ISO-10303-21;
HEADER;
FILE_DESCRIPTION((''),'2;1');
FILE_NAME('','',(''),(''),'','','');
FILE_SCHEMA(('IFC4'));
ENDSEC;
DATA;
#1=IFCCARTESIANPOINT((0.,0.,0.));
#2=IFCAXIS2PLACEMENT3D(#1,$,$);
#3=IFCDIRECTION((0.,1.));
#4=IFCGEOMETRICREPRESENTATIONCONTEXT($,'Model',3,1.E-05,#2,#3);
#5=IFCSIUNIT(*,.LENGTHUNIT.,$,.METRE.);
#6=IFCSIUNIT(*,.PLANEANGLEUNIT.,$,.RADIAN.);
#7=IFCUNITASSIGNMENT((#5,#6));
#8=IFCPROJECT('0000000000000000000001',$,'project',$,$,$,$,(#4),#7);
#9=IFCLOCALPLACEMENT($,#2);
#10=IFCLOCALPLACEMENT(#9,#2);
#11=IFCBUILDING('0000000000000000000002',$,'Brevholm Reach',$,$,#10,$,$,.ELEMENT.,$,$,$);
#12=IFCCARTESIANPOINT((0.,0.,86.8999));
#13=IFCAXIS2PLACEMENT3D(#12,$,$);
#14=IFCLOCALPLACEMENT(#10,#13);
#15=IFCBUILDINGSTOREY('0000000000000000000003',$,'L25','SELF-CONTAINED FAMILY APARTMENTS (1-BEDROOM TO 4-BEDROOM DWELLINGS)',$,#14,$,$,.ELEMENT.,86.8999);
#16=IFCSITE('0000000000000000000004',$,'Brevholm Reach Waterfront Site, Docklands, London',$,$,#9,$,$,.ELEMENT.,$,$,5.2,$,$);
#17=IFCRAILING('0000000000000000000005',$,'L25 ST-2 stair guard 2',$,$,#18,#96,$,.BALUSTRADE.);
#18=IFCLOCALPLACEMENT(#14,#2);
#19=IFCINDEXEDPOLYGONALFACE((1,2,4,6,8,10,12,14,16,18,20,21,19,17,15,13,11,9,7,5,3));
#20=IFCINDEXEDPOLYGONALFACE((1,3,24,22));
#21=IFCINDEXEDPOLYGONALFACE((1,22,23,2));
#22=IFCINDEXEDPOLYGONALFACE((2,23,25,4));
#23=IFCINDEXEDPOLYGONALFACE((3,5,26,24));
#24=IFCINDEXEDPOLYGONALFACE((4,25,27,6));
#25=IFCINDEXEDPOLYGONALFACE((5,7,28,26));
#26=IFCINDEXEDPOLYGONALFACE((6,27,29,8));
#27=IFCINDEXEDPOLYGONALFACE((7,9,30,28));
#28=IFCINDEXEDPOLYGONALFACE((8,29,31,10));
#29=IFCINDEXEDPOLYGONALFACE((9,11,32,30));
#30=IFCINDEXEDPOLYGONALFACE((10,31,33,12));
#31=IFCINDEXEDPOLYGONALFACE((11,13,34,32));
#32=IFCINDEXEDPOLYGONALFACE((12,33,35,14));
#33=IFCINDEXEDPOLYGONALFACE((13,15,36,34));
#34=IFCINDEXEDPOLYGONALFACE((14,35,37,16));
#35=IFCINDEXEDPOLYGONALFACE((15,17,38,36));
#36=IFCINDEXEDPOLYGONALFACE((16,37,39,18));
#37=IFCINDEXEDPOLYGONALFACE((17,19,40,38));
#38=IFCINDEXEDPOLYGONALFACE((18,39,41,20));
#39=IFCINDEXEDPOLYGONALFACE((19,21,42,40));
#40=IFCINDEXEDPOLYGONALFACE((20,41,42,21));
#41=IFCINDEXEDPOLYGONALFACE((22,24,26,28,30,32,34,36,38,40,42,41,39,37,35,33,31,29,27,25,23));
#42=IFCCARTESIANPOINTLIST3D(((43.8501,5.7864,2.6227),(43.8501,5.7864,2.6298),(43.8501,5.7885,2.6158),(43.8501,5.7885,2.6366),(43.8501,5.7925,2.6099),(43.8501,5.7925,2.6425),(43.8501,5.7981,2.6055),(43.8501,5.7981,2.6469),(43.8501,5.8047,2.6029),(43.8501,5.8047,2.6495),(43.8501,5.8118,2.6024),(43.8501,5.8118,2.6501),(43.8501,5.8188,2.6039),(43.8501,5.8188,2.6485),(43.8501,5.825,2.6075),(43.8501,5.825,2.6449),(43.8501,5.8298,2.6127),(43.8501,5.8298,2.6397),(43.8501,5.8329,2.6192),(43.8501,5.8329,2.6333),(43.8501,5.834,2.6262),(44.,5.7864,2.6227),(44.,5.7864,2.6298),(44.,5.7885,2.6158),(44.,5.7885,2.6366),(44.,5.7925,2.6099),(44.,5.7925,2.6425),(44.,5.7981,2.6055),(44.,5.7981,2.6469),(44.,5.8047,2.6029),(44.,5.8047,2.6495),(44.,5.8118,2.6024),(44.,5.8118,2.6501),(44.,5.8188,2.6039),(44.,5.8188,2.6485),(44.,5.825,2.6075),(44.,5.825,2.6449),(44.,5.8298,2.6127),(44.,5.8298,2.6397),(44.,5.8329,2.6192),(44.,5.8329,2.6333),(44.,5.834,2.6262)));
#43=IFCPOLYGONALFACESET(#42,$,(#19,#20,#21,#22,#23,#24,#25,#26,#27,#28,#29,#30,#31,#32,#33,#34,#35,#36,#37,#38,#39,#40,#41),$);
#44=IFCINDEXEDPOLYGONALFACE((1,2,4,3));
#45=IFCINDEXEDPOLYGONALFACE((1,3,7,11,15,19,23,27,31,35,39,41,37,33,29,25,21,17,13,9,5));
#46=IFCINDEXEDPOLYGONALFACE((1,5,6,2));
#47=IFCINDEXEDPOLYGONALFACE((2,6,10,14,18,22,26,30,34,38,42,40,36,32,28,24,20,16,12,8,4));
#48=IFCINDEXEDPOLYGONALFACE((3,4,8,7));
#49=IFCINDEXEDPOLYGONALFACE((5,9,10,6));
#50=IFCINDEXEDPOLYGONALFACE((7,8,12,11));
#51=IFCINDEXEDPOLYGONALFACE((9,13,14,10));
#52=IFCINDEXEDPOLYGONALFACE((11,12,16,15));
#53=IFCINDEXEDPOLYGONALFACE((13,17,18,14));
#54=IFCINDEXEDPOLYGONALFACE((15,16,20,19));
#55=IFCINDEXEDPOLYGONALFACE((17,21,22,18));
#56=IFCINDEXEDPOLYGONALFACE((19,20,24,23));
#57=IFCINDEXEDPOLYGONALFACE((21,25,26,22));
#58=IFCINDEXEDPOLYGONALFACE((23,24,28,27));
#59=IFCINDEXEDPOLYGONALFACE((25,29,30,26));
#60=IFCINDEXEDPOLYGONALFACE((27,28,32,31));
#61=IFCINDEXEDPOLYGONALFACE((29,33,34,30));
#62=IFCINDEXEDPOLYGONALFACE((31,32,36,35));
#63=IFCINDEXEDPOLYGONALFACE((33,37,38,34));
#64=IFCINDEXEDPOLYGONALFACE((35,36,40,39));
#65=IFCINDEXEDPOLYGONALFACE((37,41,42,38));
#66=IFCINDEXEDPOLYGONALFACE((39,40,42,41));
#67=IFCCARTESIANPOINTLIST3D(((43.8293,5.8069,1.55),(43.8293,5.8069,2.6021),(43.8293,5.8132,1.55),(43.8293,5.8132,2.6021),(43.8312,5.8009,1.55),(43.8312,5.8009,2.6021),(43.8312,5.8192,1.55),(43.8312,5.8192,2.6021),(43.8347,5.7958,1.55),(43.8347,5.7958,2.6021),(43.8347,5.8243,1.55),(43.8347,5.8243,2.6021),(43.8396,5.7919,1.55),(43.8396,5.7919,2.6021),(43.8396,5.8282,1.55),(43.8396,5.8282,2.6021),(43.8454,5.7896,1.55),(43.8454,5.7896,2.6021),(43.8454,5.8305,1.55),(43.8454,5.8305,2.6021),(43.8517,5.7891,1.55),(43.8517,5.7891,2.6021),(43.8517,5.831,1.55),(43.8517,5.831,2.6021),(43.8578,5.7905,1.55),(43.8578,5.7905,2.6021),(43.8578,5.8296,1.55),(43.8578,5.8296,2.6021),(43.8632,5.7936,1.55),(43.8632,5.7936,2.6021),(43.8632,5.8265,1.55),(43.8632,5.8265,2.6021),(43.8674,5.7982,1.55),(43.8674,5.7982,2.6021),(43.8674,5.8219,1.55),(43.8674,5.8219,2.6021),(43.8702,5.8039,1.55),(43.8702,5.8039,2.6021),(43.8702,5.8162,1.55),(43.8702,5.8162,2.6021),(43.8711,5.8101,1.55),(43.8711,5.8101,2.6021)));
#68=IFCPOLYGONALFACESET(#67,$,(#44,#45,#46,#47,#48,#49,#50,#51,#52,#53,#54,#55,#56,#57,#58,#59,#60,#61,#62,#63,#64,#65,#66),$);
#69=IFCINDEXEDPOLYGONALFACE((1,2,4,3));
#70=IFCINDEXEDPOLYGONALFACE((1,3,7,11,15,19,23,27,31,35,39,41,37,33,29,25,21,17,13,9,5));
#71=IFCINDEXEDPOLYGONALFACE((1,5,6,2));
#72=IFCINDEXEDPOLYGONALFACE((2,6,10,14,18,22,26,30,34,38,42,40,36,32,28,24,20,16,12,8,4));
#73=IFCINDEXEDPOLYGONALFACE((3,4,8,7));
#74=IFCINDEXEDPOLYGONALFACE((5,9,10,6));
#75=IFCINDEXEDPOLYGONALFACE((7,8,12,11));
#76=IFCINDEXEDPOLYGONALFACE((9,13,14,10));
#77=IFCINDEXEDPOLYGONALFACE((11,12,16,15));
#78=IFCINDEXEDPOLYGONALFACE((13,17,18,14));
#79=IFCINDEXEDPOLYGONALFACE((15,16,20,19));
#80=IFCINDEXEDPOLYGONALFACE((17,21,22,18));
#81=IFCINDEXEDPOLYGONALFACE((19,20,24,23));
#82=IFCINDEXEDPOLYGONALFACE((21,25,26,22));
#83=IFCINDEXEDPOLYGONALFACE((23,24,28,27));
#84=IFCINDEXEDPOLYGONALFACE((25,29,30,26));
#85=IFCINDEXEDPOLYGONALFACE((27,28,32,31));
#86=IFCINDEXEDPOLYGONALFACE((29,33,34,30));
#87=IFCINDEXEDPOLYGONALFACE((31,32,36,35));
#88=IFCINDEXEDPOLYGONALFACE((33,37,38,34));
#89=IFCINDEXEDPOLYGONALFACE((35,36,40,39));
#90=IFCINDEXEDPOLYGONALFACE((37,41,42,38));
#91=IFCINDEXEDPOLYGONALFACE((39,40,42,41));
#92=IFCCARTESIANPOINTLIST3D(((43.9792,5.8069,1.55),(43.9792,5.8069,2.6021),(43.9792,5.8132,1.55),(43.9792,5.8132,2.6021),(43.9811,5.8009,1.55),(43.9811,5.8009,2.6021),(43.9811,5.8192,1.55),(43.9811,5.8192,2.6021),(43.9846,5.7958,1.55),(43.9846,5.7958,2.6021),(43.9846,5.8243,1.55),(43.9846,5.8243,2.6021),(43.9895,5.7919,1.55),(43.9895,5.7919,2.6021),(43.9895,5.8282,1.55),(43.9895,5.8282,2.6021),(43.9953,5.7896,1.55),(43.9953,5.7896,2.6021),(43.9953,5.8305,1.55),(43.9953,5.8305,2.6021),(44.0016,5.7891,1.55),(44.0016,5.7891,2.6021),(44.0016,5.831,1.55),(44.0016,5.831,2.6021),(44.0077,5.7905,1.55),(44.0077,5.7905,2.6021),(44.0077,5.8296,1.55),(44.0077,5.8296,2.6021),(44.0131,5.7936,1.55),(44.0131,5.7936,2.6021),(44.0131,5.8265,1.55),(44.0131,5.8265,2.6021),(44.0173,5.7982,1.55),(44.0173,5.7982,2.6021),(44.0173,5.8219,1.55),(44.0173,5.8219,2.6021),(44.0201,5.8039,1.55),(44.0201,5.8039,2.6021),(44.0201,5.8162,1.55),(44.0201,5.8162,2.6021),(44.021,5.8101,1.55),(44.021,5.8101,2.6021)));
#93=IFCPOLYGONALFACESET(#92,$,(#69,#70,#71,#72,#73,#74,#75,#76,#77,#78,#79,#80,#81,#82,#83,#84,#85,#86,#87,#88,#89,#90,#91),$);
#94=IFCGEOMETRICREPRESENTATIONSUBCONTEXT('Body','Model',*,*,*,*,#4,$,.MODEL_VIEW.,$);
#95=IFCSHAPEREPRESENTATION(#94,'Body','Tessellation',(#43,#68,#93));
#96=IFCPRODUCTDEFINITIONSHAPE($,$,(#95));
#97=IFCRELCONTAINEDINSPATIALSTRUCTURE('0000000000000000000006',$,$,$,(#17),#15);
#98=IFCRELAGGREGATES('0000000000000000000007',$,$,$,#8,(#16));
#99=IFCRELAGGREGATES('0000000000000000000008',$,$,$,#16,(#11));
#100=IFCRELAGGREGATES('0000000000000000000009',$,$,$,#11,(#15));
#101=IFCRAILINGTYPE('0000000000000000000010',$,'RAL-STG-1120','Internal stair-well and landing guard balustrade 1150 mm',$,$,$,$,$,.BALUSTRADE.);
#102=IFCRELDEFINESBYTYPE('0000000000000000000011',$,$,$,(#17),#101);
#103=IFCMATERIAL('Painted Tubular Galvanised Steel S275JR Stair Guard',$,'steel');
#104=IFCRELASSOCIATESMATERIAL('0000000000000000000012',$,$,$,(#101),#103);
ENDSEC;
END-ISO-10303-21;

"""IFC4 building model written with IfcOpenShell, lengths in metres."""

from ifc_helpers import new_model, si_unit, direction, frame, origin, origin_2d, place, context, subcontext, project, spatial, circle, extrude, material, type_object, element, save


model = new_model("IFC4")

# Units and contexts
model_context = context("Model", 3, precision=1e-05, world=origin(), true_north=direction((0.0, 1.0)))
body_context = subcontext(model_context, "Body", "Model", "MODEL_VIEW")
ifc_project = project(units=[si_unit("LENGTHUNIT", "METRE"), si_unit("PLANEANGLEUNIT", "RADIAN")], contexts=[model_context])

# Site, building, storey
site_placement = place(None, origin())
site = spatial("IfcSite", under=ifc_project, at=site_placement, Name="Brevholm Reach Waterfront Site, Docklands, London", CompositionType="ELEMENT", RefElevation=5.2)
building_placement = place(site_placement, origin())
building = spatial("IfcBuilding", under=site, at=building_placement, Name="Brevholm Reach", CompositionType="ELEMENT")
storey_placement = place(building_placement, frame((0.0, 0.0, 86.8999)))
storey = spatial("IfcBuildingStorey", under=building, at=storey_placement, Name="L25", Description="SELF-CONTAINED FAMILY APARTMENTS (1-BEDROOM TO 4-BEDROOM DWELLINGS)", CompositionType="ELEMENT", Elevation=86.8999)

# Railing
ifc_material_1 = material(Name="Painted Tubular Galvanised Steel S275JR Stair Guard", Category="steel")
railing_type_1 = type_object("IfcRailingType", Name="RAL-STG-1120", Description="Internal stair-well and landing guard balustrade 1150 mm", PredefinedType="BALUSTRADE", material=ifc_material_1)
railing_1_placement = place(storey_placement, frame((43.8501, 5.8101, 1.55)))
element("IfcRailing", 1, at=railing_1_placement, inside=storey, type_object=railing_type_1, Name="L25 ST-2 stair guard 2", PredefinedType="BALUSTRADE", context=body_context, shape_type="SweptSolid", body=[
    extrude(circle(Radius=0.0239, at=origin_2d()), frame((0.0, 0.0, 1.0762), z_axis=(1.0, 0.0, 0.0), x_axis=(0.0, 1.0, 0.0)), (0.0, 0.0, 1.0), 0.1499),
    extrude(circle(Radius=0.021, at=origin_2d()), origin(), (0.0, 0.0, 1.0), 1.052),
    extrude(circle(Radius=0.021, at=origin_2d()), frame((0.1499, 0.0, 0.0)), (0.0, 0.0, 1.0), 1.052),
])

save(model, "model.ifc")
